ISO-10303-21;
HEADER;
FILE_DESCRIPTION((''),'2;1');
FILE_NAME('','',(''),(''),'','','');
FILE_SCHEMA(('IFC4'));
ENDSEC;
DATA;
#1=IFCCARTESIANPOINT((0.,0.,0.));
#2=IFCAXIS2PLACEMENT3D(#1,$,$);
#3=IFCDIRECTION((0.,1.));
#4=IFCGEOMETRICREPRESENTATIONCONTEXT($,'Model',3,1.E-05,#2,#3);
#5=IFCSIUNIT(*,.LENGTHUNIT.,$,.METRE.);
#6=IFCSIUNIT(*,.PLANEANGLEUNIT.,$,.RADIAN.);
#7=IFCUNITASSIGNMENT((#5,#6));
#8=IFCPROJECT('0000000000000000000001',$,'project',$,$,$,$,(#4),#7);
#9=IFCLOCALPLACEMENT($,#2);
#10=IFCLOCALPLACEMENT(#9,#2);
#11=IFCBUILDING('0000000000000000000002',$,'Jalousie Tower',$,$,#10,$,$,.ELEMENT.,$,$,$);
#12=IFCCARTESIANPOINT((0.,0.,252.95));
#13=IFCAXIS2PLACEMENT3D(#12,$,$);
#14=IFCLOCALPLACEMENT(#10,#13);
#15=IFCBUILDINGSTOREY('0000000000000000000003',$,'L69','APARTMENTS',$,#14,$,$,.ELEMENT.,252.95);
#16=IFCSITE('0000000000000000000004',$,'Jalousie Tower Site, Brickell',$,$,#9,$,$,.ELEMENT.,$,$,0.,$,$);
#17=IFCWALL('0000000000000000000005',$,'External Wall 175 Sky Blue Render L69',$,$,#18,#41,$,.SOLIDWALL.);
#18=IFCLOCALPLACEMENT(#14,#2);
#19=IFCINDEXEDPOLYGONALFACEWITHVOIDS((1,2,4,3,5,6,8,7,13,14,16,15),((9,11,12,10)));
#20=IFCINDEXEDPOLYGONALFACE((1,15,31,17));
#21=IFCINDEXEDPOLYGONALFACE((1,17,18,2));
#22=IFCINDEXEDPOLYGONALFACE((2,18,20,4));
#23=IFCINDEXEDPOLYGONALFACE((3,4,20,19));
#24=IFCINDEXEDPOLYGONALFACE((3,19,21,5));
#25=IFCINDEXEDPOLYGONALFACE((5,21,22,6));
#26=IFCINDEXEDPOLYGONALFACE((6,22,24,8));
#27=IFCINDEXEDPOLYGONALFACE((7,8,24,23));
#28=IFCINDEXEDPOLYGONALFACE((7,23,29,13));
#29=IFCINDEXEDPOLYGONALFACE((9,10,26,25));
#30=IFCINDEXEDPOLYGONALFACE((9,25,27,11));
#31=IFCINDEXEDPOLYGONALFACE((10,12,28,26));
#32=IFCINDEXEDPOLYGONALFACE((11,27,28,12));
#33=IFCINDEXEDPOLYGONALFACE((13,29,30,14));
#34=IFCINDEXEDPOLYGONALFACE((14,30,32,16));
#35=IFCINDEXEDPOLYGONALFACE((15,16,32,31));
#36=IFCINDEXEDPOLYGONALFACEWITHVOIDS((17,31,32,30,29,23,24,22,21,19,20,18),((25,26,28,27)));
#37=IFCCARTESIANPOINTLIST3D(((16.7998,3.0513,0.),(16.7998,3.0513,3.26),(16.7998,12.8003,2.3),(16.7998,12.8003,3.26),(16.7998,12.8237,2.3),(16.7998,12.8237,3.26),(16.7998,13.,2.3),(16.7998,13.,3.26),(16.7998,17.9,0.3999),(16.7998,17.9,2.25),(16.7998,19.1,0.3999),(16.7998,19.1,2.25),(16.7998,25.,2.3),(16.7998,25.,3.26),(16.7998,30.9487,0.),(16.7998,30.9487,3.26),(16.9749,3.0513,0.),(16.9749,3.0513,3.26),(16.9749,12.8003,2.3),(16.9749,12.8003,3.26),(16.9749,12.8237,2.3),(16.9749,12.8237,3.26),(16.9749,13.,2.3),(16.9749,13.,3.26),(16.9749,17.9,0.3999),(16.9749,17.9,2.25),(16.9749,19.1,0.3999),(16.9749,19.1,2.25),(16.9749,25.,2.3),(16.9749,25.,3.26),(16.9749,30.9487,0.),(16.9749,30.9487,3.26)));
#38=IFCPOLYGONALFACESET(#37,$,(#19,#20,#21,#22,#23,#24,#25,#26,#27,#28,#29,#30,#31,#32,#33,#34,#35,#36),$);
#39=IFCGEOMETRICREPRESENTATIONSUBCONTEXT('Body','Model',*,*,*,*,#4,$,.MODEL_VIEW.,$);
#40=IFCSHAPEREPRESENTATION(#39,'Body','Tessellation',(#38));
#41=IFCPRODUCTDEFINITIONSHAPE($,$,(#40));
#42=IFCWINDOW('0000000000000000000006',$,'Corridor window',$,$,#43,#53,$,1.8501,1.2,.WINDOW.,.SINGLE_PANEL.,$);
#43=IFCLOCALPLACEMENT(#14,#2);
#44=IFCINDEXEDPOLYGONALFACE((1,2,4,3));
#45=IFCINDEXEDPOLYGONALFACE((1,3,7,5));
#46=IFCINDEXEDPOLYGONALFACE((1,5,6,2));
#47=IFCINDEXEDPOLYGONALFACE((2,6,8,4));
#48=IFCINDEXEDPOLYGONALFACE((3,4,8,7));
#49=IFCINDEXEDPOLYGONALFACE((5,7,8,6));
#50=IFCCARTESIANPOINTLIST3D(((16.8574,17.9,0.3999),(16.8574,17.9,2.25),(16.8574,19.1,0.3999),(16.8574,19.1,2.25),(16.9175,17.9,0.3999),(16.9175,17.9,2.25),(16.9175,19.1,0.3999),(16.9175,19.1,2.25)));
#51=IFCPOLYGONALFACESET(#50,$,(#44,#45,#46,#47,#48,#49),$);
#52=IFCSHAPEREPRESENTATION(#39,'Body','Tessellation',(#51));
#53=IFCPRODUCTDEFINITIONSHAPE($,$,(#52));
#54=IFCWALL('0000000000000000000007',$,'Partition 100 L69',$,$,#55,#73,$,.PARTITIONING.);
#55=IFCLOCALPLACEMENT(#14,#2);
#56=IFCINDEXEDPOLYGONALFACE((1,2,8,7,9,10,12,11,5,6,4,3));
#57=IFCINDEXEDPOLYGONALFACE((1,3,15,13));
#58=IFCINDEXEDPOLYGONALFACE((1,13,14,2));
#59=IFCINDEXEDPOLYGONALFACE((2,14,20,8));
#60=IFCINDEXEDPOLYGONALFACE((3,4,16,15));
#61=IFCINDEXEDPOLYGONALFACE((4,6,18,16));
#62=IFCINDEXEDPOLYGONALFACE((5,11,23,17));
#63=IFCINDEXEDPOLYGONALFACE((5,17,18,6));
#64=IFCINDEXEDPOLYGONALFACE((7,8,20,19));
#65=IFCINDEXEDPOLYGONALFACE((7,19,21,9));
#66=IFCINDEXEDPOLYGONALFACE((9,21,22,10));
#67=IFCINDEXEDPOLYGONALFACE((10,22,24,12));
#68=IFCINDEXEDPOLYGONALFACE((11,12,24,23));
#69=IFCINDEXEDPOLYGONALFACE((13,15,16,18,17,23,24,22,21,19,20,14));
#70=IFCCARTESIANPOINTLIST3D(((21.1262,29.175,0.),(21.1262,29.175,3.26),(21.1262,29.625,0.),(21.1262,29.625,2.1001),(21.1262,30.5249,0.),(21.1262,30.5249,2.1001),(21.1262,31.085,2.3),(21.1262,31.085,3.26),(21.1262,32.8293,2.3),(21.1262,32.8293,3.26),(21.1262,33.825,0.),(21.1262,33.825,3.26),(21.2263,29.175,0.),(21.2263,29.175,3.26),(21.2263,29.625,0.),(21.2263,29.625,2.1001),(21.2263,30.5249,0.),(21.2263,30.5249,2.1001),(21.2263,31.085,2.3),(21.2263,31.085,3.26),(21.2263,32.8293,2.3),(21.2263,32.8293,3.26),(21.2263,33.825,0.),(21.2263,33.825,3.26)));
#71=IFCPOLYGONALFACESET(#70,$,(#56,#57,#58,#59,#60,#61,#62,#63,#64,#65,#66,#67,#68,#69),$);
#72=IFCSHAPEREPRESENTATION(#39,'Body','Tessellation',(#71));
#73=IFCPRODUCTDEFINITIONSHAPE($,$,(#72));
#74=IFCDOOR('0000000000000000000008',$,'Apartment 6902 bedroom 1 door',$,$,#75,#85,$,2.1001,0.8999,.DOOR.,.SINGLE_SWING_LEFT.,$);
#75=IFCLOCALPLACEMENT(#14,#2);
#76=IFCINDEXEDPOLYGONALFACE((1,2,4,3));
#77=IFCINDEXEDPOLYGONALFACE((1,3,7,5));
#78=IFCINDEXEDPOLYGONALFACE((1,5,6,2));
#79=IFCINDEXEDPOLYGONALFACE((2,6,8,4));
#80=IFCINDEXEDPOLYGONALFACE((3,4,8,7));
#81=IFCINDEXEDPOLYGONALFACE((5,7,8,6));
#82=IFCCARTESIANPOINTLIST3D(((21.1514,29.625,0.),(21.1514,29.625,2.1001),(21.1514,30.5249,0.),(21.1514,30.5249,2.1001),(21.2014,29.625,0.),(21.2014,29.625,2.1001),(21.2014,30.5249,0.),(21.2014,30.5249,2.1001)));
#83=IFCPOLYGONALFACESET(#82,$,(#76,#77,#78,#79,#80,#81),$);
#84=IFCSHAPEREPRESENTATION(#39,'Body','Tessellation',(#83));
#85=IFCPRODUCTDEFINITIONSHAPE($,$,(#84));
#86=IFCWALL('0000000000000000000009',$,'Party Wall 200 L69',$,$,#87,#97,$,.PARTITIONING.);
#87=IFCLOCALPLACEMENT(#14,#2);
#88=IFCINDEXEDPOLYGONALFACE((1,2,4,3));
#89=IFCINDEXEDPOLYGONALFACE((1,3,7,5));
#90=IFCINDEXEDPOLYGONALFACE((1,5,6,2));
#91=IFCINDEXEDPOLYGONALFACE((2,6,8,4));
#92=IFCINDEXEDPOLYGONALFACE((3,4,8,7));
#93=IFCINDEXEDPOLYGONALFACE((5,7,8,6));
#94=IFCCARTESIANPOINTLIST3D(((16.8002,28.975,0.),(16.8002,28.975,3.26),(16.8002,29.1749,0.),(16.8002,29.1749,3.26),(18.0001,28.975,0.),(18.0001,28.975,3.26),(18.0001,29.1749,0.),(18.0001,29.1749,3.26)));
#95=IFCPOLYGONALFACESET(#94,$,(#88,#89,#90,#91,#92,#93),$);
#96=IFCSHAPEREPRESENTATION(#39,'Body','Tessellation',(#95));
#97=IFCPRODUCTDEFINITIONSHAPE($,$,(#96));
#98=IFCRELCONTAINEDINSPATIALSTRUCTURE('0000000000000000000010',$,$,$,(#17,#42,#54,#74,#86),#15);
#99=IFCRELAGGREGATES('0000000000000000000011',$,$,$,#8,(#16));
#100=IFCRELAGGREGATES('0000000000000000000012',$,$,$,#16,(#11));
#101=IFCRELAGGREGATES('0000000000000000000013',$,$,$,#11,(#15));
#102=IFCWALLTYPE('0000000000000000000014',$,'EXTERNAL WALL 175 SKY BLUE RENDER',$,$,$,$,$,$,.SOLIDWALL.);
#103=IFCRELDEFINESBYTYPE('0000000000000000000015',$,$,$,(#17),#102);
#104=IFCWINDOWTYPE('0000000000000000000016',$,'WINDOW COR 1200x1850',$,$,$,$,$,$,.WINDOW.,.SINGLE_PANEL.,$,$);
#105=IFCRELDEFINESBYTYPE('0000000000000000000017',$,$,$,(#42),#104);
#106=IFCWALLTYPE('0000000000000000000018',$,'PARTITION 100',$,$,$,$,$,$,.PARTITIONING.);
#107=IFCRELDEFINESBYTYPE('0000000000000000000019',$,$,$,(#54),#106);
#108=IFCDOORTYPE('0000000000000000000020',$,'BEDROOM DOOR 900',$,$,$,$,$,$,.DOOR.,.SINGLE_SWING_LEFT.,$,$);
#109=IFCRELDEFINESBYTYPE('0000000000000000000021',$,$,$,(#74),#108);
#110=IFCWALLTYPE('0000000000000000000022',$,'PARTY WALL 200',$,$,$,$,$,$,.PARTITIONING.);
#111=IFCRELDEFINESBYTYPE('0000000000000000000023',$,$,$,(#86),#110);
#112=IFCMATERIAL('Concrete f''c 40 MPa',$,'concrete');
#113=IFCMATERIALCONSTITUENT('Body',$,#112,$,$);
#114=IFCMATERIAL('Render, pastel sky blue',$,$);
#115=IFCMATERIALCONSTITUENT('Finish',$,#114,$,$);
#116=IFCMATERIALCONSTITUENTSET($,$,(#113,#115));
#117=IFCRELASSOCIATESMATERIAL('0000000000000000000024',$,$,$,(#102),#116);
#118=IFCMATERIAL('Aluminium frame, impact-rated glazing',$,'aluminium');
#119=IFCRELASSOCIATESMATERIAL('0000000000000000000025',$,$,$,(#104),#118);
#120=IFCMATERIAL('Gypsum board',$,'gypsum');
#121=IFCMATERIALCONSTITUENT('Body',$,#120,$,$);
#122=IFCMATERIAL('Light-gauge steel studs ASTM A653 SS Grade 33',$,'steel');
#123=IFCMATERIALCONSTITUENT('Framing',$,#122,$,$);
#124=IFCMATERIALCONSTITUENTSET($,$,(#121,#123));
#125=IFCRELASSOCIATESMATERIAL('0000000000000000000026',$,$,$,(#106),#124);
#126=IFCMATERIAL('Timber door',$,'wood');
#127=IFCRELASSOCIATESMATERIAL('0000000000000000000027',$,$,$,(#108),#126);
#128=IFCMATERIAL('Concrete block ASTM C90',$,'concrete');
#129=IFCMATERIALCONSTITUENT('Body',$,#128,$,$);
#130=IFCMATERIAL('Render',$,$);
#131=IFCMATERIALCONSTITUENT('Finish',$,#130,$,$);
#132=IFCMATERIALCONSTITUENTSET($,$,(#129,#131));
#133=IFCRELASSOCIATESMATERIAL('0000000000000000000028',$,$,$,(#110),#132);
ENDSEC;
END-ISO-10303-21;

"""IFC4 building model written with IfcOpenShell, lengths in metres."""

from ifc_helpers import new_model, si_unit, direction, frame, frame_2d, origin, place, context, subcontext, project, spatial, polyline, rectangle, outline, extrude, material, constituent, constituent_set, type_object, element, fill, save


model = new_model("IFC4")

# Units and contexts
model_context = context("Model", 3, precision=1e-05, world=origin(), true_north=direction((0.0, 1.0)))
body_context = subcontext(model_context, "Body", "Model", "MODEL_VIEW")
ifc_project = project(units=[si_unit("LENGTHUNIT", "METRE"), si_unit("PLANEANGLEUNIT", "RADIAN")], contexts=[model_context])

# Site, building, storey
site_placement = place(None, origin())
site = spatial("IfcSite", under=ifc_project, at=site_placement, Name="Jalousie Tower Site, Brickell", CompositionType="ELEMENT", RefElevation=0.0)
building_placement = place(site_placement, origin())
building = spatial("IfcBuilding", under=site, at=building_placement, Name="Jalousie Tower", CompositionType="ELEMENT")
storey_placement = place(building_placement, frame((0.0, 0.0, 252.95)))
storey = spatial("IfcBuildingStorey", under=building, at=storey_placement, Name="L69", Description="APARTMENTS", CompositionType="ELEMENT", Elevation=252.95)

# Wall, opening, window
ifc_material_1 = material(Name="Concrete f'c 40 MPa", Category="concrete")
ifc_constituent_1 = constituent(ifc_material_1, Name="Body")
ifc_material_2 = material(Name="Render, pastel sky blue")
ifc_constituent_2 = constituent(ifc_material_2, Name="Finish")
ifc_constituent_set_1 = constituent_set(constituents=[ifc_constituent_1, ifc_constituent_2])
wall_type_1 = type_object("IfcWallType", Name="EXTERNAL WALL 175 SKY BLUE RENDER", PredefinedType="SOLIDWALL", material=ifc_constituent_set_1)
wall_1_placement = place(storey_placement, frame((16.8875, 30.9487, 0.0), z_axis=(0.0, 0.0, 1.0), x_axis=(0.0, -1.0, 0.0)))
wall_1 = element("IfcWall", 1, at=wall_1_placement, inside=storey, type_object=wall_type_1, Name="External Wall 175 Sky Blue Render L69", PredefinedType="SOLIDWALL", context=body_context, shape_type="SweptSolid", body=[
    extrude(outline(polyline([(0.0, 0.0), (27.8975, 0.0), (27.8975, 3.26), (18.1484, 3.26), (18.1484, 2.3), (18.125, 2.3), (18.125, 3.26), (17.9487, 3.26), (17.9487, 2.3), (5.9487, 2.3), (5.9487, 3.26), (0.0, 3.26), (0.0, 0.0)])), frame((0.0, 0.0874, 0.0), z_axis=(0.0, -1.0, 0.0), x_axis=(1.0, 0.0, 0.0)), (0.0, 0.0, 1.0), 0.175),
])
opening_1_placement = place(wall_1_placement, frame((11.8486, 0.0, 0.3999)))
opening_1 = element("IfcOpeningElement", 2, at=opening_1_placement, cuts=wall_1, PredefinedType="OPENING", context=body_context, shape_type="SweptSolid", body=[
    extrude(rectangle(XDim=1.2, YDim=1.8501, at=frame_2d((0.6001, 0.925))), frame((0.0, 0.0974, 0.0), z_axis=(0.0, -1.0, 0.0), x_axis=(1.0, 0.0, 0.0)), (0.0, 0.0, 1.0), 0.1951),
])
ifc_material_3 = material(Name="Aluminium frame, impact-rated glazing", Category="aluminium")
window_type = type_object("IfcWindowType", Name="WINDOW COR 1200x1850", PartitioningType="SINGLE_PANEL", PredefinedType="WINDOW", material=ifc_material_3)
window_placement = place(opening_1_placement, origin())
window = element("IfcWindow", 3, at=window_placement, inside=storey, type_object=window_type, Name="Corridor window", OverallHeight=1.8501, OverallWidth=1.2, PartitioningType="SINGLE_PANEL", PredefinedType="WINDOW", context=body_context, shape_type="SweptSolid", body=[
    extrude(rectangle(XDim=1.2, YDim=1.8501, at=frame_2d((0.6001, 0.925))), frame((0.0, 0.03, 0.0), z_axis=(0.0, -1.0, 0.0), x_axis=(1.0, 0.0, 0.0)), (0.0, 0.0, 1.0), 0.0601),
])
fill(opening_1, window)

# Wall, opening, door
ifc_material_4 = material(Name="Gypsum board", Category="gypsum")
ifc_constituent_3 = constituent(ifc_material_4, Name="Body")
ifc_material_5 = material(Name="Light-gauge steel studs ASTM A653 SS Grade 33", Category="steel")
ifc_constituent_4 = constituent(ifc_material_5, Name="Framing")
ifc_constituent_set_2 = constituent_set(constituents=[ifc_constituent_3, ifc_constituent_4])
wall_type_2 = type_object("IfcWallType", Name="PARTITION 100", PredefinedType="PARTITIONING", material=ifc_constituent_set_2)
wall_2_placement = place(storey_placement, frame((21.1763, 33.825, 0.0), z_axis=(0.0, 0.0, 1.0), x_axis=(0.0, -1.0, 0.0)))
wall_2 = element("IfcWall", 4, at=wall_2_placement, inside=storey, type_object=wall_type_2, Name="Partition 100 L69", PredefinedType="PARTITIONING", context=body_context, shape_type="SweptSolid", body=[
    extrude(outline(polyline([(0.0, 0.0), (4.6499, 0.0), (4.6499, 3.26), (2.74, 3.26), (2.74, 2.3), (0.9956, 2.3), (0.9956, 3.26), (0.0, 3.26), (0.0, 0.0)])), frame((0.0, 0.05, 0.0), z_axis=(0.0, -1.0, 0.0), x_axis=(1.0, 0.0, 0.0)), (0.0, 0.0, 1.0), 0.1001),
])
opening_2_placement = place(wall_2_placement, frame((3.3, 0.0, 0.0)))
opening_2 = element("IfcOpeningElement", 5, at=opening_2_placement, cuts=wall_2, PredefinedType="OPENING", context=body_context, shape_type="SweptSolid", body=[
    extrude(rectangle(XDim=0.8999, YDim=2.1001, at=frame_2d((0.45, 1.05))), frame((0.0, 0.0601, 0.0), z_axis=(0.0, -1.0, 0.0), x_axis=(1.0, 0.0, 0.0)), (0.0, 0.0, 1.0), 0.1201),
])
ifc_material_6 = material(Name="Timber door", Category="wood")
door_type_1 = type_object("IfcDoorType", Name="BEDROOM DOOR 900", OperationType="SINGLE_SWING_LEFT", PredefinedType="DOOR", material=ifc_material_6)
door_1_placement = place(opening_2_placement, frame((0.8999, 0.0, 0.0), z_axis=(0.0, 0.0, 1.0), x_axis=(-1.0, 0.0, 0.0)))
door_1 = element("IfcDoor", 6, at=door_1_placement, inside=storey, type_object=door_type_1, Name="Apartment 6902 bedroom 1 door", OperationType="SINGLE_SWING_LEFT", OverallHeight=2.1001, OverallWidth=0.8999, PredefinedType="DOOR", context=body_context, shape_type="SweptSolid", body=[
    extrude(rectangle(XDim=0.8999, YDim=2.1001, at=frame_2d((0.45, 1.05))), frame((0.0, 0.0249, 0.0), z_axis=(0.0, -1.0, 0.0), x_axis=(1.0, 0.0, 0.0)), (0.0, 0.0, 1.0), 0.05),
])
fill(opening_2, door_1)

# Wall
ifc_material_7 = material(Name="Concrete block ASTM C90", Category="concrete")
ifc_constituent_5 = constituent(ifc_material_7, Name="Body")
ifc_material_8 = material(Name="Render")
ifc_constituent_6 = constituent(ifc_material_8, Name="Finish")
ifc_constituent_set_3 = constituent_set(constituents=[ifc_constituent_5, ifc_constituent_6])
wall_type_3 = type_object("IfcWallType", Name="PARTY WALL 200", PredefinedType="PARTITIONING", material=ifc_constituent_set_3)
wall_3_placement = place(storey_placement, frame((16.8, 29.075, 0.0), z_axis=(0.0, 0.0, 1.0), x_axis=(1.0, 0.0, 0.0)))
element("IfcWall", 7, at=wall_3_placement, inside=storey, type_object=wall_type_3, Name="Party Wall 200 L69", PredefinedType="PARTITIONING", context=body_context, shape_type="SweptSolid", body=[
    extrude(rectangle(XDim=1.2, YDim=0.2, at=frame_2d((0.6001, 0.0))), origin(), (0.0, 0.0, 1.0), 3.26),
])

save(model, "model.ifc")
